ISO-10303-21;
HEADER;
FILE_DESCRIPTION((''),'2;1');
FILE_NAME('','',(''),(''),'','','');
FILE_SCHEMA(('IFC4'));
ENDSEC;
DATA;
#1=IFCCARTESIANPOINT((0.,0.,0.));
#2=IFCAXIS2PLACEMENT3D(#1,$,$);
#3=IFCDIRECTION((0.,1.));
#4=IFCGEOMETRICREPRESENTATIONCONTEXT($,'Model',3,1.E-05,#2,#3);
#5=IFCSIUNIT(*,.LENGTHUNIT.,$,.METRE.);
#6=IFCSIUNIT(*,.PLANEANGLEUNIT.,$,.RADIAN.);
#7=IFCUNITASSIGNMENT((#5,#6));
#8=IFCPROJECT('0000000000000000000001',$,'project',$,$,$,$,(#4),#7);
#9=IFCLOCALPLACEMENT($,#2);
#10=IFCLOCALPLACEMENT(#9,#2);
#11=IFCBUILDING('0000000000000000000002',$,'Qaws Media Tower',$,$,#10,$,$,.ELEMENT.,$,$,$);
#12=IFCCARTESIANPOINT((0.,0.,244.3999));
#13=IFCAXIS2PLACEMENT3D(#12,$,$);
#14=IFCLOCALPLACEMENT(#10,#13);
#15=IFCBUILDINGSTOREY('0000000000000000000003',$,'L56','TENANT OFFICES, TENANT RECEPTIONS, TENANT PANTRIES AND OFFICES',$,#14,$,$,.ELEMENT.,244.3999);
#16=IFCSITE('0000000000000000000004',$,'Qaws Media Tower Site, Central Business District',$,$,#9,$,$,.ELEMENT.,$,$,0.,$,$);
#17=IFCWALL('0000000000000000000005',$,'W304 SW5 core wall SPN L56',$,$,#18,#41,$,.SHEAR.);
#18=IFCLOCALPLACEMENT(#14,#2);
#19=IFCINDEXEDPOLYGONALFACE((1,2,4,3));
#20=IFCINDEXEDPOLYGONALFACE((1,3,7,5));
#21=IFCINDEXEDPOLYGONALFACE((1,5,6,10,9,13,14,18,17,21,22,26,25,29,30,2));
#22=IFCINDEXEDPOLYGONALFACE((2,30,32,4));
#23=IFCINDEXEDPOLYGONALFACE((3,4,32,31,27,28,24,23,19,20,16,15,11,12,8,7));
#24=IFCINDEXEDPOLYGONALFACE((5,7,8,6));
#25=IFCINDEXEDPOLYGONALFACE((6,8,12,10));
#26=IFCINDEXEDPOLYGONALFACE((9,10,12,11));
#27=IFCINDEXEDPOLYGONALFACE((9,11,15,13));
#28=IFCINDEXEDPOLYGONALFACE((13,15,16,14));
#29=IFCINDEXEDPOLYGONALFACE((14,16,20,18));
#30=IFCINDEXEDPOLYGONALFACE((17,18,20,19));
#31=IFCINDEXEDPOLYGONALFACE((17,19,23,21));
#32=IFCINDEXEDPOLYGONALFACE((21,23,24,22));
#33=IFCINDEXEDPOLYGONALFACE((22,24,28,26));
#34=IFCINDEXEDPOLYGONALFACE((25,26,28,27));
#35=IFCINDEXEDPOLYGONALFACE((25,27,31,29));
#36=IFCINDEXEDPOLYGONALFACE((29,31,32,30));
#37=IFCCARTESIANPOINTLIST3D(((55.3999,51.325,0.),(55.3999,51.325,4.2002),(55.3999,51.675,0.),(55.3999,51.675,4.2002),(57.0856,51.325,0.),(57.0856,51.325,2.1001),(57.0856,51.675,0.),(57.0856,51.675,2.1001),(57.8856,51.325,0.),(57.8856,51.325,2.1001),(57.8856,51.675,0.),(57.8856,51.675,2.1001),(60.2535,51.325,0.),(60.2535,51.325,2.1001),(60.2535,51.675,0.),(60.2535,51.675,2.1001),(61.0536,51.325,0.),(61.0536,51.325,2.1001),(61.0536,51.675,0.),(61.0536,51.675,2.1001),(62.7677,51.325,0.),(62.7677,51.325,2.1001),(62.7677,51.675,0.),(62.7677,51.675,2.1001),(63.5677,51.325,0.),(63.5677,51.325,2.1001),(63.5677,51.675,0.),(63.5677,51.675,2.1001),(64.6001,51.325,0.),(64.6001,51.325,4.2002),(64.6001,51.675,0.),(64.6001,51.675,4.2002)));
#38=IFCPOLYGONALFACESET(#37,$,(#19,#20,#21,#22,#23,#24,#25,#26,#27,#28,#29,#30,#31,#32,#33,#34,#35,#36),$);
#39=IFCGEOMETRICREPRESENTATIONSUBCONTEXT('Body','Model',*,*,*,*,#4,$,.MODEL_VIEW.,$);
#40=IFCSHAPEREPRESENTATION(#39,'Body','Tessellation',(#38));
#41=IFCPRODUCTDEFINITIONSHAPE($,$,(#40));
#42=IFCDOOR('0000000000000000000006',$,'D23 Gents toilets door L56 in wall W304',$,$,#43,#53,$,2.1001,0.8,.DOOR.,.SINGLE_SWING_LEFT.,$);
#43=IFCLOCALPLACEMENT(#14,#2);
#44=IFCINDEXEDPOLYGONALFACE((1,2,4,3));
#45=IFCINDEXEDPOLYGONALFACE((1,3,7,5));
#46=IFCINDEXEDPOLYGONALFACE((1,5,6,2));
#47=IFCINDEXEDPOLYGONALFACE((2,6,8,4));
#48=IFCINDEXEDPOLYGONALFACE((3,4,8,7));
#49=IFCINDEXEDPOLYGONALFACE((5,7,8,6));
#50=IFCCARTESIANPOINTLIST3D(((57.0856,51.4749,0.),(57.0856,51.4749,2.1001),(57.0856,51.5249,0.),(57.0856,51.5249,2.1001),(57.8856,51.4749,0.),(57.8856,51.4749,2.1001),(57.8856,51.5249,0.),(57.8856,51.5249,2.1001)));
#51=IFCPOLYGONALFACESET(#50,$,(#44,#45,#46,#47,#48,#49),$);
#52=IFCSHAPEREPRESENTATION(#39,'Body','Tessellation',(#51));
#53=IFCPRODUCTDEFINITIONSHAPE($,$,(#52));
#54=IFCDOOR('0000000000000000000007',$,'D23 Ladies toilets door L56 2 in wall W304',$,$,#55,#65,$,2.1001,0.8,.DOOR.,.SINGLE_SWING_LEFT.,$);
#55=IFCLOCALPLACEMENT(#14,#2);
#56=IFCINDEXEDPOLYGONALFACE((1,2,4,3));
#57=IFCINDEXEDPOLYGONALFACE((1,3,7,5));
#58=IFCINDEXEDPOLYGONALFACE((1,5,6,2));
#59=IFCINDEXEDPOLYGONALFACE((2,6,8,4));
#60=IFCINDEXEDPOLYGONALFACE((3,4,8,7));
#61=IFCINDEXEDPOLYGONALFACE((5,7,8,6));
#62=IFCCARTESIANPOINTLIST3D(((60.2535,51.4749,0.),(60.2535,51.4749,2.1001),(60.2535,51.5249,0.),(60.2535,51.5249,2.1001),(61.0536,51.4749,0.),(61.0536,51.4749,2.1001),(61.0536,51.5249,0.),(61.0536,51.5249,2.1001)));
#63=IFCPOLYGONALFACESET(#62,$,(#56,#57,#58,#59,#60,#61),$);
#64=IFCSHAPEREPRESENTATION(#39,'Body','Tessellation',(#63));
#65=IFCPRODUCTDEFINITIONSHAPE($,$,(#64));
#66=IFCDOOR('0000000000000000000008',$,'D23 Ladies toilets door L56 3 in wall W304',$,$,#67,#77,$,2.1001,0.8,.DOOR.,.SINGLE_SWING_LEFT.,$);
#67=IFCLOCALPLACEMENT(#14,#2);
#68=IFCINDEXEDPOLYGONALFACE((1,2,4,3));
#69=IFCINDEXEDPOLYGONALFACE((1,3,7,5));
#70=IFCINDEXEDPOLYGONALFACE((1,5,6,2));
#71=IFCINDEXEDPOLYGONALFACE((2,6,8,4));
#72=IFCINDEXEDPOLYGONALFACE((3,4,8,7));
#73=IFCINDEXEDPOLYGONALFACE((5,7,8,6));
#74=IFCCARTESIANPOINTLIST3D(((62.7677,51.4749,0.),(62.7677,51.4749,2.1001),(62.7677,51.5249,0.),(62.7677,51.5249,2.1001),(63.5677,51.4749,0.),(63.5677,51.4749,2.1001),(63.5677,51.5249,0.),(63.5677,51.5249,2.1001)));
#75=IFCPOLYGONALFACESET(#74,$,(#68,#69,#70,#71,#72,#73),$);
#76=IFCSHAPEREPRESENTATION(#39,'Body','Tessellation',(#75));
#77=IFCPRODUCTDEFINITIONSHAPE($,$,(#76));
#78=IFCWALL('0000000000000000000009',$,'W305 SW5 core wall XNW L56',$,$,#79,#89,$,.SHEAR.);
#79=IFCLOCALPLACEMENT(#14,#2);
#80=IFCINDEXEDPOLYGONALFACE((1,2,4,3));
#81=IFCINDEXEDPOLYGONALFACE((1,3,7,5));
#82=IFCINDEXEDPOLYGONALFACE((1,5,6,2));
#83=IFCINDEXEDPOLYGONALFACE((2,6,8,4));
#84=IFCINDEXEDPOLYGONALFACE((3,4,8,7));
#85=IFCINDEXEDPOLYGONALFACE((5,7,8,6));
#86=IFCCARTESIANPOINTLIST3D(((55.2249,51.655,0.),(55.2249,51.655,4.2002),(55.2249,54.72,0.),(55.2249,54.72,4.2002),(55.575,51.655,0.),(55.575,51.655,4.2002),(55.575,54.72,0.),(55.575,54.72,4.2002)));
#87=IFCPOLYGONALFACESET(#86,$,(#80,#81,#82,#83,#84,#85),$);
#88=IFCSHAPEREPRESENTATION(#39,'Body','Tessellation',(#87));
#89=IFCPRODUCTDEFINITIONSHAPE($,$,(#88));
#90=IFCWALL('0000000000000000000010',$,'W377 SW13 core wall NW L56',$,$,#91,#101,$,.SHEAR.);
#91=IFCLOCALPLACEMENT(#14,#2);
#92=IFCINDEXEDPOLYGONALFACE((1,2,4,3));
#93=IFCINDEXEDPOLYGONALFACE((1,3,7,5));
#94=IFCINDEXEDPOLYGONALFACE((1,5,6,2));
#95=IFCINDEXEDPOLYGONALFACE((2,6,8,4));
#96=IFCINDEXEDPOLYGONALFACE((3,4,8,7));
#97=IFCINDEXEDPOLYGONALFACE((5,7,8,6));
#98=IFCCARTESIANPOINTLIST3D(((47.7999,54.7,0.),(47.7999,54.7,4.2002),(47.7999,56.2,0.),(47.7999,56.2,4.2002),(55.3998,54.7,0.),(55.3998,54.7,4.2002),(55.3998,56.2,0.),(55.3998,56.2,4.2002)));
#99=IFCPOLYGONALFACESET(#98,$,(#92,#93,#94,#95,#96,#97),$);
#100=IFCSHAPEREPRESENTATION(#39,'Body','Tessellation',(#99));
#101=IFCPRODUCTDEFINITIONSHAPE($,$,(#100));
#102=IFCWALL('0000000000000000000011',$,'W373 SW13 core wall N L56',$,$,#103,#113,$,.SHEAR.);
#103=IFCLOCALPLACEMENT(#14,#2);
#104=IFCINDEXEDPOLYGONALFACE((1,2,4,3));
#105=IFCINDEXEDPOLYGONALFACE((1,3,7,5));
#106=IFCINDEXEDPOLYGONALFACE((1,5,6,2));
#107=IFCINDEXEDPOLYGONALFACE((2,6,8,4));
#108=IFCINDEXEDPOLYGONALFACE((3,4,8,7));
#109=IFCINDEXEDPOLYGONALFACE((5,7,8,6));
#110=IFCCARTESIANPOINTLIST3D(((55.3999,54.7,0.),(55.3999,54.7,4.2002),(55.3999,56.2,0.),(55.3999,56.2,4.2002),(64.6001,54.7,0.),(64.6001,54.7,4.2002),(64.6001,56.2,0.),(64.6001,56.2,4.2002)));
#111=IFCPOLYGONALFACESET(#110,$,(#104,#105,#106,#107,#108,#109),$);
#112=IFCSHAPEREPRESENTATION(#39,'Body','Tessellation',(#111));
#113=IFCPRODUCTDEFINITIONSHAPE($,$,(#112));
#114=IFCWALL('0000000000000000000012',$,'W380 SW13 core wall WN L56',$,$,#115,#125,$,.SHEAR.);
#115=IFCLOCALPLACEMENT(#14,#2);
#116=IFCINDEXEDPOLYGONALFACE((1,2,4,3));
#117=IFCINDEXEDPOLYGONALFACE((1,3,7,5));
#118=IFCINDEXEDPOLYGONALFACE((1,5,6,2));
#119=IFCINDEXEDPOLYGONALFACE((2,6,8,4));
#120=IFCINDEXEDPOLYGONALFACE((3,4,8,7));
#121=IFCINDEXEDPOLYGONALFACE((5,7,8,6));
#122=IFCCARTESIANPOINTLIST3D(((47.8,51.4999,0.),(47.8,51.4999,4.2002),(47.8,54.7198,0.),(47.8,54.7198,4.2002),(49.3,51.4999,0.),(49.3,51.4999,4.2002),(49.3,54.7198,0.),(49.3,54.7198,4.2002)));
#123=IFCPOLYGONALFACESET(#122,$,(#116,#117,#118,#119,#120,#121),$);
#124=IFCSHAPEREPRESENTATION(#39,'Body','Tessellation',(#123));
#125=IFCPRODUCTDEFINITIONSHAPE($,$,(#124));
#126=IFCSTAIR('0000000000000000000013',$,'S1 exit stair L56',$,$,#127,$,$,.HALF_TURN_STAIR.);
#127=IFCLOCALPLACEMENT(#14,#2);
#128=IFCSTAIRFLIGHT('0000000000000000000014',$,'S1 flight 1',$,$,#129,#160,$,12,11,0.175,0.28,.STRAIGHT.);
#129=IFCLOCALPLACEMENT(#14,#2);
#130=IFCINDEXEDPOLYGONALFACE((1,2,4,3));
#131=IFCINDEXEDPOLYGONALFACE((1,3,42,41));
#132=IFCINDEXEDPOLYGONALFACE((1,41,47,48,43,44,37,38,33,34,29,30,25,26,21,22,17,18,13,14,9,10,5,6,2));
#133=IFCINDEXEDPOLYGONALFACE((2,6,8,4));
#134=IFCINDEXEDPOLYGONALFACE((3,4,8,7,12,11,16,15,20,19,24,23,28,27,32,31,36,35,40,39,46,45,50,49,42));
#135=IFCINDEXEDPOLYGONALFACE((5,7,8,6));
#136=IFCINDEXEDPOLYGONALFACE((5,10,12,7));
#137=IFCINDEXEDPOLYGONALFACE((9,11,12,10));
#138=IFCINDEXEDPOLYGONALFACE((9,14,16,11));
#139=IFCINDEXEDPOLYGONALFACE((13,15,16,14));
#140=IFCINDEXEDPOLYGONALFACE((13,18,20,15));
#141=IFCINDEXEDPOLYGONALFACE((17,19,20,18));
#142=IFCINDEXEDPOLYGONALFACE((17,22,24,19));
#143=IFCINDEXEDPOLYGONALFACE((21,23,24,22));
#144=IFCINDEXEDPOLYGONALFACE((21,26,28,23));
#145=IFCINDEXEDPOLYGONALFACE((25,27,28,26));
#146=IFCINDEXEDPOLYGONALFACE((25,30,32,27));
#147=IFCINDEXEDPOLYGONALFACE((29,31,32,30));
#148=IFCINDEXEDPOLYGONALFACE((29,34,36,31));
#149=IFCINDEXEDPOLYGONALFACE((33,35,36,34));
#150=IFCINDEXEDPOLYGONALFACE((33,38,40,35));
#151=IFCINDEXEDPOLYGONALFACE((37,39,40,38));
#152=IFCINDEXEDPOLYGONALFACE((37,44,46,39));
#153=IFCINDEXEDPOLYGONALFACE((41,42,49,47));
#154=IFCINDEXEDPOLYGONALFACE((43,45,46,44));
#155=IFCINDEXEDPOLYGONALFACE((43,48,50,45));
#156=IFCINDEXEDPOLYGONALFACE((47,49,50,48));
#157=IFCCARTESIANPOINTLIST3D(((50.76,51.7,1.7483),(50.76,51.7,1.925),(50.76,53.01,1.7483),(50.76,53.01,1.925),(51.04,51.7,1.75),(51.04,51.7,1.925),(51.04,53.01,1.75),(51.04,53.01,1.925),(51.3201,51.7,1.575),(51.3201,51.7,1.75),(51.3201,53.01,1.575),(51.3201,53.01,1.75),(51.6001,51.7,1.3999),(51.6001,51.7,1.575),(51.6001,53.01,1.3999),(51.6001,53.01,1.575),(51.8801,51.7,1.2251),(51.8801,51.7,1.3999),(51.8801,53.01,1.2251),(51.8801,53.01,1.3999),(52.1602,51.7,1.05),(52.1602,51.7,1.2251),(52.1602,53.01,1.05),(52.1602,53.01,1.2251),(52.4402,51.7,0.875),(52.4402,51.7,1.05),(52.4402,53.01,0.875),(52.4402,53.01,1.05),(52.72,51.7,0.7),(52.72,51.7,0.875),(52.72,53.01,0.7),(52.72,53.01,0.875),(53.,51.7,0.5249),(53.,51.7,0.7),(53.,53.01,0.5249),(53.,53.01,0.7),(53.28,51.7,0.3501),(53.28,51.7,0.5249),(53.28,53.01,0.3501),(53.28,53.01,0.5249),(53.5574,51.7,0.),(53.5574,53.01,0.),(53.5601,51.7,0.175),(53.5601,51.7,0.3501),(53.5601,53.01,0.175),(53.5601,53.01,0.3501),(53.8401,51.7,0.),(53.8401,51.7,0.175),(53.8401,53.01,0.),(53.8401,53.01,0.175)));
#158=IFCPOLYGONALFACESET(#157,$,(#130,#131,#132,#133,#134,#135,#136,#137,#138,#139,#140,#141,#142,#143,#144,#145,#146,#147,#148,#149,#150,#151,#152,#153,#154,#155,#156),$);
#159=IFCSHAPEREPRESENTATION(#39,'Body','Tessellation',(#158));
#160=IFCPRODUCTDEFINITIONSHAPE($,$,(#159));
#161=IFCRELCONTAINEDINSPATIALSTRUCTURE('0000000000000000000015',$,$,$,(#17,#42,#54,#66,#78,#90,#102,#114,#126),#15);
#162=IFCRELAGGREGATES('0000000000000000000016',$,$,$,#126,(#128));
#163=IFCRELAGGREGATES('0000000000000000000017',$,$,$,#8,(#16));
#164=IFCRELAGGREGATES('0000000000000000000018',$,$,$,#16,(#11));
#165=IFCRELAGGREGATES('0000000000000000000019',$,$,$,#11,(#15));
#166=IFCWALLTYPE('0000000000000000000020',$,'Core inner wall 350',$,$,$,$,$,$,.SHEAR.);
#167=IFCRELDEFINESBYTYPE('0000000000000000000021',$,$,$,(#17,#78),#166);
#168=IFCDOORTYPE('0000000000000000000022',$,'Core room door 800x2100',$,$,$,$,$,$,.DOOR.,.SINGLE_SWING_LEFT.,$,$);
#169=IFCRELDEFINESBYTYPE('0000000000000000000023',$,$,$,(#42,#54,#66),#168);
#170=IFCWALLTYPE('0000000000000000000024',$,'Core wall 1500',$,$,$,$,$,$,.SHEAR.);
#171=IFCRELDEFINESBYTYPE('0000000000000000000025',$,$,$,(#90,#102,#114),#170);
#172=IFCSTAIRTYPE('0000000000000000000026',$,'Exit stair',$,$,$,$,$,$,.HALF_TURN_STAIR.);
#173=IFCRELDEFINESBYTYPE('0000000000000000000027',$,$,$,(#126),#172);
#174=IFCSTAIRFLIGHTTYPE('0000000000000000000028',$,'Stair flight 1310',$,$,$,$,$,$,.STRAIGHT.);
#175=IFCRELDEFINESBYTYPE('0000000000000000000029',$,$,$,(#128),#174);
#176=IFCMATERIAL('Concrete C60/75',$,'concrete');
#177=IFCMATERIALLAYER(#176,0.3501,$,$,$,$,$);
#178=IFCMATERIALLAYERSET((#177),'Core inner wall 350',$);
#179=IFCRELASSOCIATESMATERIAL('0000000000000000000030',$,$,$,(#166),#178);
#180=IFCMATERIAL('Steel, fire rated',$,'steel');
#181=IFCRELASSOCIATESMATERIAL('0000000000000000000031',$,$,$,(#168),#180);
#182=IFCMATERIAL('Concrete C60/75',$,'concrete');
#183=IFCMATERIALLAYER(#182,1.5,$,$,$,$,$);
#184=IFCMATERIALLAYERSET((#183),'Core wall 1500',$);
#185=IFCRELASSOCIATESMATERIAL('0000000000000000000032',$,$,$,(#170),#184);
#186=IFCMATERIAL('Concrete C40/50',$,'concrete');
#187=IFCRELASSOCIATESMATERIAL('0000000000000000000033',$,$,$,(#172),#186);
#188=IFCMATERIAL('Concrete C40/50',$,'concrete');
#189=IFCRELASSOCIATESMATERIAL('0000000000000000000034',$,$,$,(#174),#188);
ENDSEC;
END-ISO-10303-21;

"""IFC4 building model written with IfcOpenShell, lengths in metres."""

from ifc_helpers import new_model, si_unit, direction, frame, frame_2d, origin, place, context, subcontext, project, spatial, polyline, rectangle, outline, extrude, material, layer, layer_set, type_object, element, fill, aggregate, save


model = new_model("IFC4")

# Units and contexts
model_context = context("Model", 3, precision=1e-05, world=origin(), true_north=direction((0.0, 1.0)))
body_context = subcontext(model_context, "Body", "Model", "MODEL_VIEW")
ifc_project = project(units=[si_unit("LENGTHUNIT", "METRE"), si_unit("PLANEANGLEUNIT", "RADIAN")], contexts=[model_context])

# Site, building, storey
site_placement = place(None, origin())
site = spatial("IfcSite", under=ifc_project, at=site_placement, Name="Qaws Media Tower Site, Central Business District", CompositionType="ELEMENT", RefElevation=0.0)
building_placement = place(site_placement, origin())
building = spatial("IfcBuilding", under=site, at=building_placement, Name="Qaws Media Tower", CompositionType="ELEMENT")
storey_placement = place(building_placement, frame((0.0, 0.0, 244.3999)))
storey = spatial("IfcBuildingStorey", under=building, at=storey_placement, Name="L56", Description="TENANT OFFICES, TENANT RECEPTIONS, TENANT PANTRIES AND OFFICES", CompositionType="ELEMENT", Elevation=244.3999)

# Shared definitions
ifc_material_1 = material(Name="Concrete C60/75", Category="concrete")
ifc_layer_1 = layer(ifc_material_1, 0.3501)
ifc_layer_set_1 = layer_set([ifc_layer_1], Name="Core inner wall 350")
wall_type_1 = type_object("IfcWallType", Name="Core inner wall 350", PredefinedType="SHEAR", material=ifc_layer_set_1)

# Wall, openings, doors
wall_1_placement = place(storey_placement, frame((55.3999, 51.5, 0.0), z_axis=(0.0, 0.0, 1.0), x_axis=(1.0, 0.0, 0.0)))
wall_1 = element("IfcWall", 1, at=wall_1_placement, inside=storey, type_object=wall_type_1, Name="W304 SW5 core wall SPN L56", PredefinedType="SHEAR", context=body_context, shape_type="SweptSolid", body=[
    extrude(rectangle(XDim=9.2002, YDim=0.3501, at=frame_2d((4.6001, 0.0))), origin(), (0.0, 0.0, 1.0), 4.2002),
])
opening_1_placement = place(wall_1_placement, frame((1.6858, 0.0, 0.0)))
opening_1 = element("IfcOpeningElement", 2, at=opening_1_placement, cuts=wall_1, PredefinedType="OPENING", context=body_context, shape_type="SweptSolid", body=[
    extrude(rectangle(XDim=0.8, YDim=2.1001, at=frame_2d((0.3999, 1.05))), frame((0.0, 0.1851, 0.0), z_axis=(0.0, -1.0, 0.0), x_axis=(1.0, 0.0, 0.0)), (0.0, 0.0, 1.0), 0.3701),
])
opening_2_placement = place(wall_1_placement, frame((4.8538, 0.0, 0.0)))
opening_2 = element("IfcOpeningElement", 3, at=opening_2_placement, cuts=wall_1, PredefinedType="OPENING", context=body_context, shape_type="SweptSolid", body=[
    extrude(rectangle(XDim=0.8, YDim=2.1001, at=frame_2d((0.3999, 1.05))), frame((0.0, 0.1851, 0.0), z_axis=(0.0, -1.0, 0.0), x_axis=(1.0, 0.0, 0.0)), (0.0, 0.0, 1.0), 0.3701),
])
opening_3_placement = place(wall_1_placement, frame((7.3679, 0.0, 0.0)))
opening_3 = element("IfcOpeningElement", 4, at=opening_3_placement, cuts=wall_1, PredefinedType="OPENING", context=body_context, shape_type="SweptSolid", body=[
    extrude(rectangle(XDim=0.8, YDim=2.1001, at=frame_2d((0.3999, 1.05))), frame((0.0, 0.1851, 0.0), z_axis=(0.0, -1.0, 0.0), x_axis=(1.0, 0.0, 0.0)), (0.0, 0.0, 1.0), 0.3701),
])
ifc_material_2 = material(Name="Steel, fire rated", Category="steel")
door_type_1 = type_object("IfcDoorType", Name="Core room door 800x2100", OperationType="SINGLE_SWING_LEFT", PredefinedType="DOOR", material=ifc_material_2)
door_1_placement = place(opening_1_placement, origin())
door_1 = element("IfcDoor", 5, at=door_1_placement, inside=storey, type_object=door_type_1, Name="D23 Gents toilets door L56 in wall W304", OperationType="SINGLE_SWING_LEFT", OverallHeight=2.1001, OverallWidth=0.8, PredefinedType="DOOR", context=body_context, shape_type="SweptSolid", body=[
    extrude(rectangle(XDim=0.8, YDim=2.1001, at=frame_2d((0.3999, 1.05))), frame((0.0, 0.0249, 0.0), z_axis=(0.0, -1.0, 0.0), x_axis=(1.0, 0.0, 0.0)), (0.0, 0.0, 1.0), 0.05),
])
fill(opening_1, door_1)
door_2_placement = place(opening_2_placement, origin())
door_2 = element("IfcDoor", 6, at=door_2_placement, inside=storey, type_object=door_type_1, Name="D23 Ladies toilets door L56 2 in wall W304", OperationType="SINGLE_SWING_LEFT", OverallHeight=2.1001, OverallWidth=0.8, PredefinedType="DOOR", context=body_context, shape_type="SweptSolid", body=[
    extrude(rectangle(XDim=0.8, YDim=2.1001, at=frame_2d((0.3999, 1.05))), frame((0.0, 0.0249, 0.0), z_axis=(0.0, -1.0, 0.0), x_axis=(1.0, 0.0, 0.0)), (0.0, 0.0, 1.0), 0.05),
])
fill(opening_2, door_2)
door_3_placement = place(opening_3_placement, origin())
door_3 = element("IfcDoor", 7, at=door_3_placement, inside=storey, type_object=door_type_1, Name="D23 Ladies toilets door L56 3 in wall W304", OperationType="SINGLE_SWING_LEFT", OverallHeight=2.1001, OverallWidth=0.8, PredefinedType="DOOR", context=body_context, shape_type="SweptSolid", body=[
    extrude(rectangle(XDim=0.8, YDim=2.1001, at=frame_2d((0.3999, 1.05))), frame((0.0, 0.0249, 0.0), z_axis=(0.0, -1.0, 0.0), x_axis=(1.0, 0.0, 0.0)), (0.0, 0.0, 1.0), 0.05),
])
fill(opening_3, door_3)

# Walls
wall_2_placement = place(storey_placement, frame((55.3999, 51.655, 0.0), z_axis=(0.0, 0.0, 1.0), x_axis=(0.0, 1.0, 0.0)))
element("IfcWall", 8, at=wall_2_placement, inside=storey, type_object=wall_type_1, Name="W305 SW5 core wall XNW L56", PredefinedType="SHEAR", context=body_context, shape_type="SweptSolid", body=[
    extrude(rectangle(XDim=3.0649, YDim=0.3501, at=frame_2d((1.5325, 0.0))), origin(), (0.0, 0.0, 1.0), 4.2002),
])
ifc_material_3 = material(Name="Concrete C60/75", Category="concrete")
ifc_layer_2 = layer(ifc_material_3, 1.5)
ifc_layer_set_2 = layer_set([ifc_layer_2], Name="Core wall 1500")
wall_type_2 = type_object("IfcWallType", Name="Core wall 1500", PredefinedType="SHEAR", material=ifc_layer_set_2)
wall_3_placement = place(storey_placement, frame((47.8, 55.45, 0.0), z_axis=(0.0, 0.0, 1.0), x_axis=(1.0, 0.0, 0.0)))
element("IfcWall", 9, at=wall_3_placement, inside=storey, type_object=wall_type_2, Name="W377 SW13 core wall NW L56", PredefinedType="SHEAR", context=body_context, shape_type="SweptSolid", body=[
    extrude(rectangle(XDim=7.5999, YDim=1.5, at=frame_2d((3.7998, 0.0))), origin(), (0.0, 0.0, 1.0), 4.2002),
])
wall_4_placement = place(storey_placement, frame((55.3999, 55.45, 0.0), z_axis=(0.0, 0.0, 1.0), x_axis=(1.0, 0.0, 0.0)))
element("IfcWall", 10, at=wall_4_placement, inside=storey, type_object=wall_type_2, Name="W373 SW13 core wall N L56", PredefinedType="SHEAR", context=body_context, shape_type="SweptSolid", body=[
    extrude(rectangle(XDim=9.2002, YDim=1.5, at=frame_2d((4.6001, 0.0))), origin(), (0.0, 0.0, 1.0), 4.2002),
])
wall_5_placement = place(storey_placement, frame((48.55, 51.5, 0.0), z_axis=(0.0, 0.0, 1.0), x_axis=(0.0, 1.0, 0.0)))
element("IfcWall", 11, at=wall_5_placement, inside=storey, type_object=wall_type_2, Name="W380 SW13 core wall WN L56", PredefinedType="SHEAR", context=body_context, shape_type="SweptSolid", body=[
    extrude(rectangle(XDim=3.22, YDim=1.5, at=frame_2d((1.6099, 0.0))), origin(), (0.0, 0.0, 1.0), 4.2002),
])

# Stair, stair flight
ifc_material_4 = material(Name="Concrete C40/50", Category="concrete")
stair_type = type_object("IfcStairType", Name="Exit stair", PredefinedType="HALF_TURN_STAIR", material=ifc_material_4)
stair_placement = place(storey_placement, origin())
stair = element("IfcStair", 12, at=stair_placement, inside=storey, type_object=stair_type, Name="S1 exit stair L56", PredefinedType="HALF_TURN_STAIR")
ifc_material_5 = material(Name="Concrete C40/50", Category="concrete")
stair_flight_type = type_object("IfcStairFlightType", Name="Stair flight 1310", PredefinedType="STRAIGHT", material=ifc_material_5)
stair_flight_1_placement = place(storey_placement, frame((53.8401, 52.355, 0.0), z_axis=(0.0, 0.0, 1.0), x_axis=(-1.0, 0.0, 0.0)))
stair_flight_1 = element("IfcStairFlight", 13, at=stair_flight_1_placement, type_object=stair_flight_type, Name="S1 flight 1", NumberOfRisers=12, NumberOfTreads=11, PredefinedType="STRAIGHT", RiserHeight=0.175, TreadLength=0.28, context=body_context, shape_type="SweptSolid", body=[
    extrude(outline(polyline([(0.0, 0.0), (0.0, 0.175), (0.28, 0.175), (0.28, 0.3501), (0.5601, 0.3501), (0.5601, 0.5249), (0.8401, 0.5249), (0.8401, 0.7), (1.1201, 0.7), (1.1201, 0.875), (1.3999, 0.875), (1.3999, 1.05), (1.6799, 1.05), (1.6799, 1.2251), (1.96, 1.2251), (1.96, 1.3999), (2.24, 1.3999), (2.24, 1.575), (2.52, 1.575), (2.52, 1.75), (2.8, 1.75), (2.8, 1.925), (3.0801, 1.925), (3.0801, 2.1001), (3.0801, 1.7483), (0.2827, 0.0), (0.0, 0.0)])), frame((0.0, 0.655, 0.0), z_axis=(0.0, -1.0, 0.0), x_axis=(1.0, 0.0, 0.0)), (0.0, 0.0, 1.0), 1.3101),
])
aggregate(stair, [stair_flight_1])

save(model, "model.ifc")
